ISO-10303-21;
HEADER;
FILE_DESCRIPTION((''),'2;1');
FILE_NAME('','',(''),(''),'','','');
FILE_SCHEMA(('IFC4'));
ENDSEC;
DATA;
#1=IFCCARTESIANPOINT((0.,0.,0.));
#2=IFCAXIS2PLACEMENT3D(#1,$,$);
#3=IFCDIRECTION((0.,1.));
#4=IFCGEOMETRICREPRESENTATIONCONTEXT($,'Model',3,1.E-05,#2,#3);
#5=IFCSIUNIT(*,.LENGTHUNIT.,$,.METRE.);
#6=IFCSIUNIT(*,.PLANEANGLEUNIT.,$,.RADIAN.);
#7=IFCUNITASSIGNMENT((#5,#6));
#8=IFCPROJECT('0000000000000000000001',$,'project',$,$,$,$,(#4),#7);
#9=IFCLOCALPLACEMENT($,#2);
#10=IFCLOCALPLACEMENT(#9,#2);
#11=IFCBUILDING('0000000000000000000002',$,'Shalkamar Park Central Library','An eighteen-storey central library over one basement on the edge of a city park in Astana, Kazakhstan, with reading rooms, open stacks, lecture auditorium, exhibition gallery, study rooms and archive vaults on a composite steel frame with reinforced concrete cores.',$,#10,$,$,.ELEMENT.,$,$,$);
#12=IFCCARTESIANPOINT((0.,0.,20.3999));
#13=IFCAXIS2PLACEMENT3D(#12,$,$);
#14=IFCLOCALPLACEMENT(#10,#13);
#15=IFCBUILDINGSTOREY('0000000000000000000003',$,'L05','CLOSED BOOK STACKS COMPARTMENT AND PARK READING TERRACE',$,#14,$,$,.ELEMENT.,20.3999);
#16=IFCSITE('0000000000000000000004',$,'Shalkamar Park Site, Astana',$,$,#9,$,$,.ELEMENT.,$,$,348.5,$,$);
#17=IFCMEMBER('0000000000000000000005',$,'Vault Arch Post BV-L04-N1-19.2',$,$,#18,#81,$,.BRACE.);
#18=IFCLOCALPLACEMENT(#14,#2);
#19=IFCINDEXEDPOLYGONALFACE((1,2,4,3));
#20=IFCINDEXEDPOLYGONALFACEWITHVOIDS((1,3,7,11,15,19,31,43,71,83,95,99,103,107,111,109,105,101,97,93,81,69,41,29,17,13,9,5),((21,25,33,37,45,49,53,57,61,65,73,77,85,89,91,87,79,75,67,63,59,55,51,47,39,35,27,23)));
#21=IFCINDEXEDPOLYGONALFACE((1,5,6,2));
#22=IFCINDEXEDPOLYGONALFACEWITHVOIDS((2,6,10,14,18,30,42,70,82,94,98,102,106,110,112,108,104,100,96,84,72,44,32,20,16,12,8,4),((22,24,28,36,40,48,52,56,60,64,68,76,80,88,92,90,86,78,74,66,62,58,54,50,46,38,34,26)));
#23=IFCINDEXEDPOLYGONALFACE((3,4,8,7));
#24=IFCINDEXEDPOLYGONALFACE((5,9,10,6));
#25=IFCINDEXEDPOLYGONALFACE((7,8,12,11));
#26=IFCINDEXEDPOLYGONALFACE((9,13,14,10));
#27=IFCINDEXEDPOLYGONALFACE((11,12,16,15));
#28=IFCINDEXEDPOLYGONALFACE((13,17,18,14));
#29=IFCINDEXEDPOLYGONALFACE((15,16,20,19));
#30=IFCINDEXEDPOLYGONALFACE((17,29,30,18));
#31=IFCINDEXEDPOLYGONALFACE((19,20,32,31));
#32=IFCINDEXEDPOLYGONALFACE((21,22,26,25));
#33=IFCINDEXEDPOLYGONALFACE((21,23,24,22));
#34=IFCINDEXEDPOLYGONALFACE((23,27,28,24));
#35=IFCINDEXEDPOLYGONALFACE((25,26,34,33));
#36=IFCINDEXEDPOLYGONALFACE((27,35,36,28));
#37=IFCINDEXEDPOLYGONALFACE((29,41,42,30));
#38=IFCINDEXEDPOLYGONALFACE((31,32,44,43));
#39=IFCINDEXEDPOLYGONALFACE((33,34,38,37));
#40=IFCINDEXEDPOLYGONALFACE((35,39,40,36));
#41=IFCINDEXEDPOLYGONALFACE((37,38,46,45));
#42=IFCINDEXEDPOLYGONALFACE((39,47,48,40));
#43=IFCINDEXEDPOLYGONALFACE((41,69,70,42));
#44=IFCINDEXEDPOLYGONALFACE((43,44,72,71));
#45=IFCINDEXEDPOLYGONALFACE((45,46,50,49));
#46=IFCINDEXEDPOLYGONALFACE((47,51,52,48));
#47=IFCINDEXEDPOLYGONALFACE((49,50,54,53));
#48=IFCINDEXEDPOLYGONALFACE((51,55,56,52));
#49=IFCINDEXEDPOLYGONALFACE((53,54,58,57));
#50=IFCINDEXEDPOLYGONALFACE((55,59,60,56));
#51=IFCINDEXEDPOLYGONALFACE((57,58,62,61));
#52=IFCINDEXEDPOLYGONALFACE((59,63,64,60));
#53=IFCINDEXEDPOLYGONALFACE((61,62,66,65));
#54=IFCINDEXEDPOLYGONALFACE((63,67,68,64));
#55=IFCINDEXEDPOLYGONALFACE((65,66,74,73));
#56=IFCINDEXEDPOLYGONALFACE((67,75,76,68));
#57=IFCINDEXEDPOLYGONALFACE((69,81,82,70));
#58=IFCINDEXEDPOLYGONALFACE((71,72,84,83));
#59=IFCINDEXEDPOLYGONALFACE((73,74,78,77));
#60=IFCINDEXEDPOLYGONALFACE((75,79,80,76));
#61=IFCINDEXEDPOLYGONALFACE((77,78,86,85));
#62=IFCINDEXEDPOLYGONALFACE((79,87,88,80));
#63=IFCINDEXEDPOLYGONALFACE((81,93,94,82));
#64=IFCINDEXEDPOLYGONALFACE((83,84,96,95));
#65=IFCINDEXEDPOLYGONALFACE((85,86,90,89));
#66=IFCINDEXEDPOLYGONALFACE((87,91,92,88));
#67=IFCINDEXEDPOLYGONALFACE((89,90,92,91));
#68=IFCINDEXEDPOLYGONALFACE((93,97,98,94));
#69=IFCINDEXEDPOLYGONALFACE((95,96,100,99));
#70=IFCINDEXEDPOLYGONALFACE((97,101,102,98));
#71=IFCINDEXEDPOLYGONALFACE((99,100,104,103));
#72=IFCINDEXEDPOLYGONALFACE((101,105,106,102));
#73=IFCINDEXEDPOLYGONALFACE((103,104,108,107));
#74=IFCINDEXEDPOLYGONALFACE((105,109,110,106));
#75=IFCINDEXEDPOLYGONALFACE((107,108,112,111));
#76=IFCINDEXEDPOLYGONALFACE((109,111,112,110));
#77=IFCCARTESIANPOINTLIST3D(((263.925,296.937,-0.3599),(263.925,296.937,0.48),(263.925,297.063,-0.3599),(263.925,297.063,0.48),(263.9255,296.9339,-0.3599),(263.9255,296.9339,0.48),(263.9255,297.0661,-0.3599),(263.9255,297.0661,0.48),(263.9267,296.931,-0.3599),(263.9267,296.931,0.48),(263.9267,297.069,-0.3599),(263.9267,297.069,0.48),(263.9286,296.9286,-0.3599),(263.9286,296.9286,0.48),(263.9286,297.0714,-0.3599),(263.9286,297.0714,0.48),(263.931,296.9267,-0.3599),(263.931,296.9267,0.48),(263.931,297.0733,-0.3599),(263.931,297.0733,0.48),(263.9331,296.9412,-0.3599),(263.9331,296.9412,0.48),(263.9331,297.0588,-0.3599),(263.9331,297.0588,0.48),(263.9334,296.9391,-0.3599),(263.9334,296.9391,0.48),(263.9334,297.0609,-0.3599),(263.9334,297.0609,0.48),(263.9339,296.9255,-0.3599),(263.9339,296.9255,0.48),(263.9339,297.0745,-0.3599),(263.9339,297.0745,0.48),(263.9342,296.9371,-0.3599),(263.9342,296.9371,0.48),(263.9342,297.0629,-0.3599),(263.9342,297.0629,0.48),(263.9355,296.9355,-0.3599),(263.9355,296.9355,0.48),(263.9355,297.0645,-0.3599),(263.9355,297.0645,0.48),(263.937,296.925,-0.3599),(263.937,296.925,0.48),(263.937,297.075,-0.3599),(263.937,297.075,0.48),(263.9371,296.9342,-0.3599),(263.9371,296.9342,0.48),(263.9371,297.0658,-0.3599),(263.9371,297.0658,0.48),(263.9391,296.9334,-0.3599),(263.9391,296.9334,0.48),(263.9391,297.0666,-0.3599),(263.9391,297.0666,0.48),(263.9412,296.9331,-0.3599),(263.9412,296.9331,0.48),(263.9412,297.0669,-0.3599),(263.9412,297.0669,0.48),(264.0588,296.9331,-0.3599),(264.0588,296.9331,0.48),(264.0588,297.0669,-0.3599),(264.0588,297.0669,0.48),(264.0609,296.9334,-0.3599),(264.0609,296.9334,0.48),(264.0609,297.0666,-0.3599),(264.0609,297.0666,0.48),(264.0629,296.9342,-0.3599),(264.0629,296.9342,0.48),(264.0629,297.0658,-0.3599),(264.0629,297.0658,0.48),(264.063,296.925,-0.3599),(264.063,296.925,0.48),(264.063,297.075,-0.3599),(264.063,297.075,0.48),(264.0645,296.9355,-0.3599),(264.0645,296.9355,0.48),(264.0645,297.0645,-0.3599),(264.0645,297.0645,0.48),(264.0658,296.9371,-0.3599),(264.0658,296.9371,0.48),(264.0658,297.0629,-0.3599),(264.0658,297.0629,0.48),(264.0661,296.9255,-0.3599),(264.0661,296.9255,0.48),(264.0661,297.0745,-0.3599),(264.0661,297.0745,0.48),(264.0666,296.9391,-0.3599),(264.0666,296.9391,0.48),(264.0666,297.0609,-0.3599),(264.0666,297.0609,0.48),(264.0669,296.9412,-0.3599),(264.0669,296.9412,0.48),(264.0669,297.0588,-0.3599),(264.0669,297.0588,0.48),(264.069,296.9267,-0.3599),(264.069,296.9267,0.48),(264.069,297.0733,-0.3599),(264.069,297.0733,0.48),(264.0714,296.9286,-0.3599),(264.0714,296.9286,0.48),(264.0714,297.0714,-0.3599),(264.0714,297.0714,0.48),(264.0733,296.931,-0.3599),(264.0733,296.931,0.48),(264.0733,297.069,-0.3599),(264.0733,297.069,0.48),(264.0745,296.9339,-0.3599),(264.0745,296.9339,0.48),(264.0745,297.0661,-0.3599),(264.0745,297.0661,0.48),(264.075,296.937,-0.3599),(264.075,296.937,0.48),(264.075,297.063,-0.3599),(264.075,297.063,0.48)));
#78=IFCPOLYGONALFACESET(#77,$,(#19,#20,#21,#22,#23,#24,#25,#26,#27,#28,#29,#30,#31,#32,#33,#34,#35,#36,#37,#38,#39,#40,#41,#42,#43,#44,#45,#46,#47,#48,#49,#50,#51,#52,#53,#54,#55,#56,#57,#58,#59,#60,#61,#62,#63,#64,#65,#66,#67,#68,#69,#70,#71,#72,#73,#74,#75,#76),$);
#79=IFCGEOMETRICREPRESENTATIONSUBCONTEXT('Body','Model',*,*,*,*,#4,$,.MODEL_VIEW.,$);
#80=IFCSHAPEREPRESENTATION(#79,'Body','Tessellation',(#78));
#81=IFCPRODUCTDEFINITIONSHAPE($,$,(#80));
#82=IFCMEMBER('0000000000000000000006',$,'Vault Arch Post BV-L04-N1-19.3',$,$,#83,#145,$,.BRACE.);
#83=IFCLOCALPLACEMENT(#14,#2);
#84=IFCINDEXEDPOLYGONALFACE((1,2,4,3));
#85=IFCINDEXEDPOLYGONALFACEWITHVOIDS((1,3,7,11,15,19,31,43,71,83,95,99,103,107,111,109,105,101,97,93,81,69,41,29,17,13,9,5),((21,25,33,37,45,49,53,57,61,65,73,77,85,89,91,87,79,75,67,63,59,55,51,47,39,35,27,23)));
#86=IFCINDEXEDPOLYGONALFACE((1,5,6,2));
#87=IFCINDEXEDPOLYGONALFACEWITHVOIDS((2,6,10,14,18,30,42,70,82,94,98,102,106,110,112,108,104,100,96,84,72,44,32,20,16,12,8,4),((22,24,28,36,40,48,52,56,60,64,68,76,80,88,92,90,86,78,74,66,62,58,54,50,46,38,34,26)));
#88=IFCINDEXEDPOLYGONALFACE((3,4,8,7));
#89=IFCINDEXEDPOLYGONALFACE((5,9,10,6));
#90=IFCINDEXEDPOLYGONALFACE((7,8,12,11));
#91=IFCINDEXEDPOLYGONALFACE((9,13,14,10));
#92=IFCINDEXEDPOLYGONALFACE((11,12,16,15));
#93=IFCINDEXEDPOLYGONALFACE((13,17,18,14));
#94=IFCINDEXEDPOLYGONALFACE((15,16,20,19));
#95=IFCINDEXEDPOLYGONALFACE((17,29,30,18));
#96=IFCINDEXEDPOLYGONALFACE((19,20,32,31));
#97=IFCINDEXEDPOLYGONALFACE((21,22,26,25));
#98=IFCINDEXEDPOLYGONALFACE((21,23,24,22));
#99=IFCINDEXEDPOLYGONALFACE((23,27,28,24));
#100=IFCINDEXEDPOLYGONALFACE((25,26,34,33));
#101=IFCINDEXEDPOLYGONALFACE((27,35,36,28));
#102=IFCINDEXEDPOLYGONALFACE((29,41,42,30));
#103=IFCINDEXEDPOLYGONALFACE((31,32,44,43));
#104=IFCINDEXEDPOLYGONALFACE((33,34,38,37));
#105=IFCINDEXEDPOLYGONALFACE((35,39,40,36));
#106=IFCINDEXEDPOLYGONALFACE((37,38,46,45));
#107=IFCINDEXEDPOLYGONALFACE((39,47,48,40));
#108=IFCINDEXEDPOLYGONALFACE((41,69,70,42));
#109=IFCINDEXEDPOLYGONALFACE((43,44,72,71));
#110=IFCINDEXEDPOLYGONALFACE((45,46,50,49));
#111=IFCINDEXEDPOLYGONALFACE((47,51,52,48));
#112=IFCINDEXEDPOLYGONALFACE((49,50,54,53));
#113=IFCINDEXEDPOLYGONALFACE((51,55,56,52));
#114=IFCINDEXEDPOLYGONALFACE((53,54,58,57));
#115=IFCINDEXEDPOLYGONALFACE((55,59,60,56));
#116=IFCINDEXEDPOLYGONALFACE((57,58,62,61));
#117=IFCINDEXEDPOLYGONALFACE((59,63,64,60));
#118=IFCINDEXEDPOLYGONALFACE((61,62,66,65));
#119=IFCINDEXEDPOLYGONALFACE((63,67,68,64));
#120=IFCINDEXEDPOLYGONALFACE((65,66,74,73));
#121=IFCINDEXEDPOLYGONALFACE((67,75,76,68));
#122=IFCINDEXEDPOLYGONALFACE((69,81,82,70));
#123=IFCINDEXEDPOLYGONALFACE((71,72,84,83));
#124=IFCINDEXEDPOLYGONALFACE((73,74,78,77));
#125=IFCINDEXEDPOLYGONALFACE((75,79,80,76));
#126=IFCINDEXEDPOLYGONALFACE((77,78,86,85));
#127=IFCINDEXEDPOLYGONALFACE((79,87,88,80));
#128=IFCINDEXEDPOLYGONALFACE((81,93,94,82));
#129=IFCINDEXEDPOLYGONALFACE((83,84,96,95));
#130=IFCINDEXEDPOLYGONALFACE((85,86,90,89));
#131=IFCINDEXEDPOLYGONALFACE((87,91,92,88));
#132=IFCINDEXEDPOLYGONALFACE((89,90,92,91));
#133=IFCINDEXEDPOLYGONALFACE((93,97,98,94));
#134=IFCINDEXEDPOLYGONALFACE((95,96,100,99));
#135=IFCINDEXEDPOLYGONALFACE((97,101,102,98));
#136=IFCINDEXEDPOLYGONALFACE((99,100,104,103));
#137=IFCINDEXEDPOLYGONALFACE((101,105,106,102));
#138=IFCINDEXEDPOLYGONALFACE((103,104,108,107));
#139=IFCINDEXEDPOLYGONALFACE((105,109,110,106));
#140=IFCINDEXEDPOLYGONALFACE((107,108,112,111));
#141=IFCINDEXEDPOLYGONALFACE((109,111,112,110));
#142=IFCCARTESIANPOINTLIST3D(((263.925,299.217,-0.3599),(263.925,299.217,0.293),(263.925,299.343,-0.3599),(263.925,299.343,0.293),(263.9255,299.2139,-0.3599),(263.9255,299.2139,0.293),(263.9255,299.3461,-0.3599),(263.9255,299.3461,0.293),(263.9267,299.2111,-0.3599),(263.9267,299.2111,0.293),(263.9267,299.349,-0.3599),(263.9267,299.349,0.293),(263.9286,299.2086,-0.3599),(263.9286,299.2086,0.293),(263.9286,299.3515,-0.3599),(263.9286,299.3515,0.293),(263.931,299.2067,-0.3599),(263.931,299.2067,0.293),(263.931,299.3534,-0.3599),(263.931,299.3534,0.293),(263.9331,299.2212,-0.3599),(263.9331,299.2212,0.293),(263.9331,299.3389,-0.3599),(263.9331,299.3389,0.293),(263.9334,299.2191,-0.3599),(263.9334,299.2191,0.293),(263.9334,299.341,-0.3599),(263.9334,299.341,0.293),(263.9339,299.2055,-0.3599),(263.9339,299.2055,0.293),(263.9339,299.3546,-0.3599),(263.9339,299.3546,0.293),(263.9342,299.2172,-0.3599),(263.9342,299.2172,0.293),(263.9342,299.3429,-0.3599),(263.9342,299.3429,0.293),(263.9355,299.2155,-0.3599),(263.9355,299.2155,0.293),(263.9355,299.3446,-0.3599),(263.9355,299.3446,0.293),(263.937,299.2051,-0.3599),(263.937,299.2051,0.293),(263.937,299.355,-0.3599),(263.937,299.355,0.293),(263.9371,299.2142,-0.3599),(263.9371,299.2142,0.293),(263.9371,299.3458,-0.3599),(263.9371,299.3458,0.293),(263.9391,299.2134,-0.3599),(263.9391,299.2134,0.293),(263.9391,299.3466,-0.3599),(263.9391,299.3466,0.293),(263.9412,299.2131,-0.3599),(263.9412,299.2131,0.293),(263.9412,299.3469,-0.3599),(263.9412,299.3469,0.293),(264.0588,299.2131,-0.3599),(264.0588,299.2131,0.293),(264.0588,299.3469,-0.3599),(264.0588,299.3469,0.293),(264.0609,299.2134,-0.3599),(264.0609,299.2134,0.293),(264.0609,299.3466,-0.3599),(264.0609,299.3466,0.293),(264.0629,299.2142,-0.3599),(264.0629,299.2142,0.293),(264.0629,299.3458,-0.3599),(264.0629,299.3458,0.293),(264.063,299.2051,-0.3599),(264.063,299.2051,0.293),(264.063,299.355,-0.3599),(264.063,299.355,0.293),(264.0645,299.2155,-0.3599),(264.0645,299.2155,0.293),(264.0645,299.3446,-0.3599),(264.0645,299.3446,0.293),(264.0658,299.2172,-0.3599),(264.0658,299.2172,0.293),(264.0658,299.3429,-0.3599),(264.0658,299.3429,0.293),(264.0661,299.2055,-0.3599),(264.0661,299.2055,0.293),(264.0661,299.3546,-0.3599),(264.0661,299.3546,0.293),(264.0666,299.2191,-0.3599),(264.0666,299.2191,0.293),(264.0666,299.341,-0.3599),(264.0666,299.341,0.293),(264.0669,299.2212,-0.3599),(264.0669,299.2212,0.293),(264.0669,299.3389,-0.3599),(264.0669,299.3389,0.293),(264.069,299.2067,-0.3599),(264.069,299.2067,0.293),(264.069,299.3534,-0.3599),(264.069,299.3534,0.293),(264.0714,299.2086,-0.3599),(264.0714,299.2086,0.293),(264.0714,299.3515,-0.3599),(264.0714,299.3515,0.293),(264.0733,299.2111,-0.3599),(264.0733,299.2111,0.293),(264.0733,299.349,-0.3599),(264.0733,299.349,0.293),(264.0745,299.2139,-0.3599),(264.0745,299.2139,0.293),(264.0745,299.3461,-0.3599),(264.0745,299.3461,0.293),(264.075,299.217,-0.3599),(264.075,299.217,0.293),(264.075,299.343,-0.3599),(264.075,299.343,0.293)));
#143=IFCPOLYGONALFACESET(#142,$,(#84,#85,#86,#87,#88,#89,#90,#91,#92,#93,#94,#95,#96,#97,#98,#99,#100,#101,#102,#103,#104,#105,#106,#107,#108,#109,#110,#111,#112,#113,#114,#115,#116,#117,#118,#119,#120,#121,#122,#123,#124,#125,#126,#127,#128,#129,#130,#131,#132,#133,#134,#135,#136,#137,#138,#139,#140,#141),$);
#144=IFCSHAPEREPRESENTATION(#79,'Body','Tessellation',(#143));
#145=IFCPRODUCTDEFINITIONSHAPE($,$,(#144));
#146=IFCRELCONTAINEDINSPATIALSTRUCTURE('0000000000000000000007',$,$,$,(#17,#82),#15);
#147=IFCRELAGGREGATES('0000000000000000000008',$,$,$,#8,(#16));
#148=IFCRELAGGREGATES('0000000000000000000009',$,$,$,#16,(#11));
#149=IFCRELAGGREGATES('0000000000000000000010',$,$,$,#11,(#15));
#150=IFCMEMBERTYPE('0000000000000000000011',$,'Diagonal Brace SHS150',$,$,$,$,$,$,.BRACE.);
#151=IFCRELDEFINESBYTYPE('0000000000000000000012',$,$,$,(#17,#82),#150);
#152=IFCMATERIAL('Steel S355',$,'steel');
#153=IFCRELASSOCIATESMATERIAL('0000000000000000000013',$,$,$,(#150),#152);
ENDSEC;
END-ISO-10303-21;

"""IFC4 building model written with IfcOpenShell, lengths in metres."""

from ifc_helpers import new_model, si_unit, direction, frame, origin, origin_2d, place, context, subcontext, project, spatial, hollow_rectangle, extrude, material, material_profile, profile_set, type_object, element, save


model = new_model("IFC4")

# Units and contexts
model_context = context("Model", 3, precision=1e-05, world=origin(), true_north=direction((0.0, 1.0)))
body_context = subcontext(model_context, "Body", "Model", "MODEL_VIEW")
ifc_project = project(units=[si_unit("LENGTHUNIT", "METRE"), si_unit("PLANEANGLEUNIT", "RADIAN")], contexts=[model_context])

# Site, building, storey
site_placement = place(None, origin())
site = spatial("IfcSite", under=ifc_project, at=site_placement, Name="Shalkamar Park Site, Astana", CompositionType="ELEMENT", RefElevation=348.5)
building_placement = place(site_placement, origin())
building = spatial("IfcBuilding", under=site, at=building_placement, Name="Shalkamar Park Central Library", Description="An eighteen-storey central library over one basement on the edge of a city park in Astana, Kazakhstan, with reading rooms, open stacks, lecture auditorium, exhibition gallery, study rooms and archive vaults on a composite steel frame with reinforced concrete cores.", CompositionType="ELEMENT")
storey_placement = place(building_placement, frame((0.0, 0.0, 20.3999)))
storey = spatial("IfcBuildingStorey", under=building, at=storey_placement, Name="L05", Description="CLOSED BOOK STACKS COMPARTMENT AND PARK READING TERRACE", CompositionType="ELEMENT", Elevation=20.3999)

# Members
ifc_material = material(Name="Steel S355", Category="steel")
ifc_material_profile_1 = material_profile(ifc_material, hollow_rectangle(XDim=0.1499, YDim=0.1499, WallThickness=0.0081, InnerFilletRadius=0.0081, OuterFilletRadius=0.012, at=origin_2d()), Name="SHS 150x150x8")
ifc_profile_set_1 = profile_set([ifc_material_profile_1], Name="Steel S355")
member_type_1 = type_object("IfcMemberType", Name="Diagonal Brace SHS150", PredefinedType="BRACE", material=ifc_profile_set_1)
member_1_placement = place(storey_placement, frame((264.0, 297.0, -0.3599), z_axis=(0.0, 0.0, 1.0), x_axis=(1.0, 0.0, 0.0)))
element("IfcMember", 1, at=member_1_placement, inside=storey, type_object=member_type_1, Name="Vault Arch Post BV-L04-N1-19.2", PredefinedType="BRACE", context=body_context, shape_type="SweptSolid", body=[
    extrude(hollow_rectangle(XDim=0.1499, YDim=0.1499, WallThickness=0.0081, InnerFilletRadius=0.0081, OuterFilletRadius=0.012, at=origin_2d()), origin(), (0.0, 0.0, 1.0), 0.8398),
])
for number, where, z_axis, x_axis, name in (
    (2, (264.0, 299.28, -0.3599), (0.0, 0.0, 1.0), (1.0, 0.0, 0.0), "Vault Arch Post BV-L04-N1-19.3"),
):
    element("IfcMember", number, at=place(storey_placement, frame(where, z_axis=z_axis, x_axis=x_axis)), inside=storey, type_object=member_type_1, Name=name, PredefinedType="BRACE", context=body_context, shape_type="SweptSolid", body=[
        extrude(hollow_rectangle(XDim=0.1499, YDim=0.1499, WallThickness=0.0081, InnerFilletRadius=0.0081, OuterFilletRadius=0.012, at=origin_2d()), origin(), (0.0, 0.0, 1.0), 0.6528),
    ])

save(model, "model.ifc")
